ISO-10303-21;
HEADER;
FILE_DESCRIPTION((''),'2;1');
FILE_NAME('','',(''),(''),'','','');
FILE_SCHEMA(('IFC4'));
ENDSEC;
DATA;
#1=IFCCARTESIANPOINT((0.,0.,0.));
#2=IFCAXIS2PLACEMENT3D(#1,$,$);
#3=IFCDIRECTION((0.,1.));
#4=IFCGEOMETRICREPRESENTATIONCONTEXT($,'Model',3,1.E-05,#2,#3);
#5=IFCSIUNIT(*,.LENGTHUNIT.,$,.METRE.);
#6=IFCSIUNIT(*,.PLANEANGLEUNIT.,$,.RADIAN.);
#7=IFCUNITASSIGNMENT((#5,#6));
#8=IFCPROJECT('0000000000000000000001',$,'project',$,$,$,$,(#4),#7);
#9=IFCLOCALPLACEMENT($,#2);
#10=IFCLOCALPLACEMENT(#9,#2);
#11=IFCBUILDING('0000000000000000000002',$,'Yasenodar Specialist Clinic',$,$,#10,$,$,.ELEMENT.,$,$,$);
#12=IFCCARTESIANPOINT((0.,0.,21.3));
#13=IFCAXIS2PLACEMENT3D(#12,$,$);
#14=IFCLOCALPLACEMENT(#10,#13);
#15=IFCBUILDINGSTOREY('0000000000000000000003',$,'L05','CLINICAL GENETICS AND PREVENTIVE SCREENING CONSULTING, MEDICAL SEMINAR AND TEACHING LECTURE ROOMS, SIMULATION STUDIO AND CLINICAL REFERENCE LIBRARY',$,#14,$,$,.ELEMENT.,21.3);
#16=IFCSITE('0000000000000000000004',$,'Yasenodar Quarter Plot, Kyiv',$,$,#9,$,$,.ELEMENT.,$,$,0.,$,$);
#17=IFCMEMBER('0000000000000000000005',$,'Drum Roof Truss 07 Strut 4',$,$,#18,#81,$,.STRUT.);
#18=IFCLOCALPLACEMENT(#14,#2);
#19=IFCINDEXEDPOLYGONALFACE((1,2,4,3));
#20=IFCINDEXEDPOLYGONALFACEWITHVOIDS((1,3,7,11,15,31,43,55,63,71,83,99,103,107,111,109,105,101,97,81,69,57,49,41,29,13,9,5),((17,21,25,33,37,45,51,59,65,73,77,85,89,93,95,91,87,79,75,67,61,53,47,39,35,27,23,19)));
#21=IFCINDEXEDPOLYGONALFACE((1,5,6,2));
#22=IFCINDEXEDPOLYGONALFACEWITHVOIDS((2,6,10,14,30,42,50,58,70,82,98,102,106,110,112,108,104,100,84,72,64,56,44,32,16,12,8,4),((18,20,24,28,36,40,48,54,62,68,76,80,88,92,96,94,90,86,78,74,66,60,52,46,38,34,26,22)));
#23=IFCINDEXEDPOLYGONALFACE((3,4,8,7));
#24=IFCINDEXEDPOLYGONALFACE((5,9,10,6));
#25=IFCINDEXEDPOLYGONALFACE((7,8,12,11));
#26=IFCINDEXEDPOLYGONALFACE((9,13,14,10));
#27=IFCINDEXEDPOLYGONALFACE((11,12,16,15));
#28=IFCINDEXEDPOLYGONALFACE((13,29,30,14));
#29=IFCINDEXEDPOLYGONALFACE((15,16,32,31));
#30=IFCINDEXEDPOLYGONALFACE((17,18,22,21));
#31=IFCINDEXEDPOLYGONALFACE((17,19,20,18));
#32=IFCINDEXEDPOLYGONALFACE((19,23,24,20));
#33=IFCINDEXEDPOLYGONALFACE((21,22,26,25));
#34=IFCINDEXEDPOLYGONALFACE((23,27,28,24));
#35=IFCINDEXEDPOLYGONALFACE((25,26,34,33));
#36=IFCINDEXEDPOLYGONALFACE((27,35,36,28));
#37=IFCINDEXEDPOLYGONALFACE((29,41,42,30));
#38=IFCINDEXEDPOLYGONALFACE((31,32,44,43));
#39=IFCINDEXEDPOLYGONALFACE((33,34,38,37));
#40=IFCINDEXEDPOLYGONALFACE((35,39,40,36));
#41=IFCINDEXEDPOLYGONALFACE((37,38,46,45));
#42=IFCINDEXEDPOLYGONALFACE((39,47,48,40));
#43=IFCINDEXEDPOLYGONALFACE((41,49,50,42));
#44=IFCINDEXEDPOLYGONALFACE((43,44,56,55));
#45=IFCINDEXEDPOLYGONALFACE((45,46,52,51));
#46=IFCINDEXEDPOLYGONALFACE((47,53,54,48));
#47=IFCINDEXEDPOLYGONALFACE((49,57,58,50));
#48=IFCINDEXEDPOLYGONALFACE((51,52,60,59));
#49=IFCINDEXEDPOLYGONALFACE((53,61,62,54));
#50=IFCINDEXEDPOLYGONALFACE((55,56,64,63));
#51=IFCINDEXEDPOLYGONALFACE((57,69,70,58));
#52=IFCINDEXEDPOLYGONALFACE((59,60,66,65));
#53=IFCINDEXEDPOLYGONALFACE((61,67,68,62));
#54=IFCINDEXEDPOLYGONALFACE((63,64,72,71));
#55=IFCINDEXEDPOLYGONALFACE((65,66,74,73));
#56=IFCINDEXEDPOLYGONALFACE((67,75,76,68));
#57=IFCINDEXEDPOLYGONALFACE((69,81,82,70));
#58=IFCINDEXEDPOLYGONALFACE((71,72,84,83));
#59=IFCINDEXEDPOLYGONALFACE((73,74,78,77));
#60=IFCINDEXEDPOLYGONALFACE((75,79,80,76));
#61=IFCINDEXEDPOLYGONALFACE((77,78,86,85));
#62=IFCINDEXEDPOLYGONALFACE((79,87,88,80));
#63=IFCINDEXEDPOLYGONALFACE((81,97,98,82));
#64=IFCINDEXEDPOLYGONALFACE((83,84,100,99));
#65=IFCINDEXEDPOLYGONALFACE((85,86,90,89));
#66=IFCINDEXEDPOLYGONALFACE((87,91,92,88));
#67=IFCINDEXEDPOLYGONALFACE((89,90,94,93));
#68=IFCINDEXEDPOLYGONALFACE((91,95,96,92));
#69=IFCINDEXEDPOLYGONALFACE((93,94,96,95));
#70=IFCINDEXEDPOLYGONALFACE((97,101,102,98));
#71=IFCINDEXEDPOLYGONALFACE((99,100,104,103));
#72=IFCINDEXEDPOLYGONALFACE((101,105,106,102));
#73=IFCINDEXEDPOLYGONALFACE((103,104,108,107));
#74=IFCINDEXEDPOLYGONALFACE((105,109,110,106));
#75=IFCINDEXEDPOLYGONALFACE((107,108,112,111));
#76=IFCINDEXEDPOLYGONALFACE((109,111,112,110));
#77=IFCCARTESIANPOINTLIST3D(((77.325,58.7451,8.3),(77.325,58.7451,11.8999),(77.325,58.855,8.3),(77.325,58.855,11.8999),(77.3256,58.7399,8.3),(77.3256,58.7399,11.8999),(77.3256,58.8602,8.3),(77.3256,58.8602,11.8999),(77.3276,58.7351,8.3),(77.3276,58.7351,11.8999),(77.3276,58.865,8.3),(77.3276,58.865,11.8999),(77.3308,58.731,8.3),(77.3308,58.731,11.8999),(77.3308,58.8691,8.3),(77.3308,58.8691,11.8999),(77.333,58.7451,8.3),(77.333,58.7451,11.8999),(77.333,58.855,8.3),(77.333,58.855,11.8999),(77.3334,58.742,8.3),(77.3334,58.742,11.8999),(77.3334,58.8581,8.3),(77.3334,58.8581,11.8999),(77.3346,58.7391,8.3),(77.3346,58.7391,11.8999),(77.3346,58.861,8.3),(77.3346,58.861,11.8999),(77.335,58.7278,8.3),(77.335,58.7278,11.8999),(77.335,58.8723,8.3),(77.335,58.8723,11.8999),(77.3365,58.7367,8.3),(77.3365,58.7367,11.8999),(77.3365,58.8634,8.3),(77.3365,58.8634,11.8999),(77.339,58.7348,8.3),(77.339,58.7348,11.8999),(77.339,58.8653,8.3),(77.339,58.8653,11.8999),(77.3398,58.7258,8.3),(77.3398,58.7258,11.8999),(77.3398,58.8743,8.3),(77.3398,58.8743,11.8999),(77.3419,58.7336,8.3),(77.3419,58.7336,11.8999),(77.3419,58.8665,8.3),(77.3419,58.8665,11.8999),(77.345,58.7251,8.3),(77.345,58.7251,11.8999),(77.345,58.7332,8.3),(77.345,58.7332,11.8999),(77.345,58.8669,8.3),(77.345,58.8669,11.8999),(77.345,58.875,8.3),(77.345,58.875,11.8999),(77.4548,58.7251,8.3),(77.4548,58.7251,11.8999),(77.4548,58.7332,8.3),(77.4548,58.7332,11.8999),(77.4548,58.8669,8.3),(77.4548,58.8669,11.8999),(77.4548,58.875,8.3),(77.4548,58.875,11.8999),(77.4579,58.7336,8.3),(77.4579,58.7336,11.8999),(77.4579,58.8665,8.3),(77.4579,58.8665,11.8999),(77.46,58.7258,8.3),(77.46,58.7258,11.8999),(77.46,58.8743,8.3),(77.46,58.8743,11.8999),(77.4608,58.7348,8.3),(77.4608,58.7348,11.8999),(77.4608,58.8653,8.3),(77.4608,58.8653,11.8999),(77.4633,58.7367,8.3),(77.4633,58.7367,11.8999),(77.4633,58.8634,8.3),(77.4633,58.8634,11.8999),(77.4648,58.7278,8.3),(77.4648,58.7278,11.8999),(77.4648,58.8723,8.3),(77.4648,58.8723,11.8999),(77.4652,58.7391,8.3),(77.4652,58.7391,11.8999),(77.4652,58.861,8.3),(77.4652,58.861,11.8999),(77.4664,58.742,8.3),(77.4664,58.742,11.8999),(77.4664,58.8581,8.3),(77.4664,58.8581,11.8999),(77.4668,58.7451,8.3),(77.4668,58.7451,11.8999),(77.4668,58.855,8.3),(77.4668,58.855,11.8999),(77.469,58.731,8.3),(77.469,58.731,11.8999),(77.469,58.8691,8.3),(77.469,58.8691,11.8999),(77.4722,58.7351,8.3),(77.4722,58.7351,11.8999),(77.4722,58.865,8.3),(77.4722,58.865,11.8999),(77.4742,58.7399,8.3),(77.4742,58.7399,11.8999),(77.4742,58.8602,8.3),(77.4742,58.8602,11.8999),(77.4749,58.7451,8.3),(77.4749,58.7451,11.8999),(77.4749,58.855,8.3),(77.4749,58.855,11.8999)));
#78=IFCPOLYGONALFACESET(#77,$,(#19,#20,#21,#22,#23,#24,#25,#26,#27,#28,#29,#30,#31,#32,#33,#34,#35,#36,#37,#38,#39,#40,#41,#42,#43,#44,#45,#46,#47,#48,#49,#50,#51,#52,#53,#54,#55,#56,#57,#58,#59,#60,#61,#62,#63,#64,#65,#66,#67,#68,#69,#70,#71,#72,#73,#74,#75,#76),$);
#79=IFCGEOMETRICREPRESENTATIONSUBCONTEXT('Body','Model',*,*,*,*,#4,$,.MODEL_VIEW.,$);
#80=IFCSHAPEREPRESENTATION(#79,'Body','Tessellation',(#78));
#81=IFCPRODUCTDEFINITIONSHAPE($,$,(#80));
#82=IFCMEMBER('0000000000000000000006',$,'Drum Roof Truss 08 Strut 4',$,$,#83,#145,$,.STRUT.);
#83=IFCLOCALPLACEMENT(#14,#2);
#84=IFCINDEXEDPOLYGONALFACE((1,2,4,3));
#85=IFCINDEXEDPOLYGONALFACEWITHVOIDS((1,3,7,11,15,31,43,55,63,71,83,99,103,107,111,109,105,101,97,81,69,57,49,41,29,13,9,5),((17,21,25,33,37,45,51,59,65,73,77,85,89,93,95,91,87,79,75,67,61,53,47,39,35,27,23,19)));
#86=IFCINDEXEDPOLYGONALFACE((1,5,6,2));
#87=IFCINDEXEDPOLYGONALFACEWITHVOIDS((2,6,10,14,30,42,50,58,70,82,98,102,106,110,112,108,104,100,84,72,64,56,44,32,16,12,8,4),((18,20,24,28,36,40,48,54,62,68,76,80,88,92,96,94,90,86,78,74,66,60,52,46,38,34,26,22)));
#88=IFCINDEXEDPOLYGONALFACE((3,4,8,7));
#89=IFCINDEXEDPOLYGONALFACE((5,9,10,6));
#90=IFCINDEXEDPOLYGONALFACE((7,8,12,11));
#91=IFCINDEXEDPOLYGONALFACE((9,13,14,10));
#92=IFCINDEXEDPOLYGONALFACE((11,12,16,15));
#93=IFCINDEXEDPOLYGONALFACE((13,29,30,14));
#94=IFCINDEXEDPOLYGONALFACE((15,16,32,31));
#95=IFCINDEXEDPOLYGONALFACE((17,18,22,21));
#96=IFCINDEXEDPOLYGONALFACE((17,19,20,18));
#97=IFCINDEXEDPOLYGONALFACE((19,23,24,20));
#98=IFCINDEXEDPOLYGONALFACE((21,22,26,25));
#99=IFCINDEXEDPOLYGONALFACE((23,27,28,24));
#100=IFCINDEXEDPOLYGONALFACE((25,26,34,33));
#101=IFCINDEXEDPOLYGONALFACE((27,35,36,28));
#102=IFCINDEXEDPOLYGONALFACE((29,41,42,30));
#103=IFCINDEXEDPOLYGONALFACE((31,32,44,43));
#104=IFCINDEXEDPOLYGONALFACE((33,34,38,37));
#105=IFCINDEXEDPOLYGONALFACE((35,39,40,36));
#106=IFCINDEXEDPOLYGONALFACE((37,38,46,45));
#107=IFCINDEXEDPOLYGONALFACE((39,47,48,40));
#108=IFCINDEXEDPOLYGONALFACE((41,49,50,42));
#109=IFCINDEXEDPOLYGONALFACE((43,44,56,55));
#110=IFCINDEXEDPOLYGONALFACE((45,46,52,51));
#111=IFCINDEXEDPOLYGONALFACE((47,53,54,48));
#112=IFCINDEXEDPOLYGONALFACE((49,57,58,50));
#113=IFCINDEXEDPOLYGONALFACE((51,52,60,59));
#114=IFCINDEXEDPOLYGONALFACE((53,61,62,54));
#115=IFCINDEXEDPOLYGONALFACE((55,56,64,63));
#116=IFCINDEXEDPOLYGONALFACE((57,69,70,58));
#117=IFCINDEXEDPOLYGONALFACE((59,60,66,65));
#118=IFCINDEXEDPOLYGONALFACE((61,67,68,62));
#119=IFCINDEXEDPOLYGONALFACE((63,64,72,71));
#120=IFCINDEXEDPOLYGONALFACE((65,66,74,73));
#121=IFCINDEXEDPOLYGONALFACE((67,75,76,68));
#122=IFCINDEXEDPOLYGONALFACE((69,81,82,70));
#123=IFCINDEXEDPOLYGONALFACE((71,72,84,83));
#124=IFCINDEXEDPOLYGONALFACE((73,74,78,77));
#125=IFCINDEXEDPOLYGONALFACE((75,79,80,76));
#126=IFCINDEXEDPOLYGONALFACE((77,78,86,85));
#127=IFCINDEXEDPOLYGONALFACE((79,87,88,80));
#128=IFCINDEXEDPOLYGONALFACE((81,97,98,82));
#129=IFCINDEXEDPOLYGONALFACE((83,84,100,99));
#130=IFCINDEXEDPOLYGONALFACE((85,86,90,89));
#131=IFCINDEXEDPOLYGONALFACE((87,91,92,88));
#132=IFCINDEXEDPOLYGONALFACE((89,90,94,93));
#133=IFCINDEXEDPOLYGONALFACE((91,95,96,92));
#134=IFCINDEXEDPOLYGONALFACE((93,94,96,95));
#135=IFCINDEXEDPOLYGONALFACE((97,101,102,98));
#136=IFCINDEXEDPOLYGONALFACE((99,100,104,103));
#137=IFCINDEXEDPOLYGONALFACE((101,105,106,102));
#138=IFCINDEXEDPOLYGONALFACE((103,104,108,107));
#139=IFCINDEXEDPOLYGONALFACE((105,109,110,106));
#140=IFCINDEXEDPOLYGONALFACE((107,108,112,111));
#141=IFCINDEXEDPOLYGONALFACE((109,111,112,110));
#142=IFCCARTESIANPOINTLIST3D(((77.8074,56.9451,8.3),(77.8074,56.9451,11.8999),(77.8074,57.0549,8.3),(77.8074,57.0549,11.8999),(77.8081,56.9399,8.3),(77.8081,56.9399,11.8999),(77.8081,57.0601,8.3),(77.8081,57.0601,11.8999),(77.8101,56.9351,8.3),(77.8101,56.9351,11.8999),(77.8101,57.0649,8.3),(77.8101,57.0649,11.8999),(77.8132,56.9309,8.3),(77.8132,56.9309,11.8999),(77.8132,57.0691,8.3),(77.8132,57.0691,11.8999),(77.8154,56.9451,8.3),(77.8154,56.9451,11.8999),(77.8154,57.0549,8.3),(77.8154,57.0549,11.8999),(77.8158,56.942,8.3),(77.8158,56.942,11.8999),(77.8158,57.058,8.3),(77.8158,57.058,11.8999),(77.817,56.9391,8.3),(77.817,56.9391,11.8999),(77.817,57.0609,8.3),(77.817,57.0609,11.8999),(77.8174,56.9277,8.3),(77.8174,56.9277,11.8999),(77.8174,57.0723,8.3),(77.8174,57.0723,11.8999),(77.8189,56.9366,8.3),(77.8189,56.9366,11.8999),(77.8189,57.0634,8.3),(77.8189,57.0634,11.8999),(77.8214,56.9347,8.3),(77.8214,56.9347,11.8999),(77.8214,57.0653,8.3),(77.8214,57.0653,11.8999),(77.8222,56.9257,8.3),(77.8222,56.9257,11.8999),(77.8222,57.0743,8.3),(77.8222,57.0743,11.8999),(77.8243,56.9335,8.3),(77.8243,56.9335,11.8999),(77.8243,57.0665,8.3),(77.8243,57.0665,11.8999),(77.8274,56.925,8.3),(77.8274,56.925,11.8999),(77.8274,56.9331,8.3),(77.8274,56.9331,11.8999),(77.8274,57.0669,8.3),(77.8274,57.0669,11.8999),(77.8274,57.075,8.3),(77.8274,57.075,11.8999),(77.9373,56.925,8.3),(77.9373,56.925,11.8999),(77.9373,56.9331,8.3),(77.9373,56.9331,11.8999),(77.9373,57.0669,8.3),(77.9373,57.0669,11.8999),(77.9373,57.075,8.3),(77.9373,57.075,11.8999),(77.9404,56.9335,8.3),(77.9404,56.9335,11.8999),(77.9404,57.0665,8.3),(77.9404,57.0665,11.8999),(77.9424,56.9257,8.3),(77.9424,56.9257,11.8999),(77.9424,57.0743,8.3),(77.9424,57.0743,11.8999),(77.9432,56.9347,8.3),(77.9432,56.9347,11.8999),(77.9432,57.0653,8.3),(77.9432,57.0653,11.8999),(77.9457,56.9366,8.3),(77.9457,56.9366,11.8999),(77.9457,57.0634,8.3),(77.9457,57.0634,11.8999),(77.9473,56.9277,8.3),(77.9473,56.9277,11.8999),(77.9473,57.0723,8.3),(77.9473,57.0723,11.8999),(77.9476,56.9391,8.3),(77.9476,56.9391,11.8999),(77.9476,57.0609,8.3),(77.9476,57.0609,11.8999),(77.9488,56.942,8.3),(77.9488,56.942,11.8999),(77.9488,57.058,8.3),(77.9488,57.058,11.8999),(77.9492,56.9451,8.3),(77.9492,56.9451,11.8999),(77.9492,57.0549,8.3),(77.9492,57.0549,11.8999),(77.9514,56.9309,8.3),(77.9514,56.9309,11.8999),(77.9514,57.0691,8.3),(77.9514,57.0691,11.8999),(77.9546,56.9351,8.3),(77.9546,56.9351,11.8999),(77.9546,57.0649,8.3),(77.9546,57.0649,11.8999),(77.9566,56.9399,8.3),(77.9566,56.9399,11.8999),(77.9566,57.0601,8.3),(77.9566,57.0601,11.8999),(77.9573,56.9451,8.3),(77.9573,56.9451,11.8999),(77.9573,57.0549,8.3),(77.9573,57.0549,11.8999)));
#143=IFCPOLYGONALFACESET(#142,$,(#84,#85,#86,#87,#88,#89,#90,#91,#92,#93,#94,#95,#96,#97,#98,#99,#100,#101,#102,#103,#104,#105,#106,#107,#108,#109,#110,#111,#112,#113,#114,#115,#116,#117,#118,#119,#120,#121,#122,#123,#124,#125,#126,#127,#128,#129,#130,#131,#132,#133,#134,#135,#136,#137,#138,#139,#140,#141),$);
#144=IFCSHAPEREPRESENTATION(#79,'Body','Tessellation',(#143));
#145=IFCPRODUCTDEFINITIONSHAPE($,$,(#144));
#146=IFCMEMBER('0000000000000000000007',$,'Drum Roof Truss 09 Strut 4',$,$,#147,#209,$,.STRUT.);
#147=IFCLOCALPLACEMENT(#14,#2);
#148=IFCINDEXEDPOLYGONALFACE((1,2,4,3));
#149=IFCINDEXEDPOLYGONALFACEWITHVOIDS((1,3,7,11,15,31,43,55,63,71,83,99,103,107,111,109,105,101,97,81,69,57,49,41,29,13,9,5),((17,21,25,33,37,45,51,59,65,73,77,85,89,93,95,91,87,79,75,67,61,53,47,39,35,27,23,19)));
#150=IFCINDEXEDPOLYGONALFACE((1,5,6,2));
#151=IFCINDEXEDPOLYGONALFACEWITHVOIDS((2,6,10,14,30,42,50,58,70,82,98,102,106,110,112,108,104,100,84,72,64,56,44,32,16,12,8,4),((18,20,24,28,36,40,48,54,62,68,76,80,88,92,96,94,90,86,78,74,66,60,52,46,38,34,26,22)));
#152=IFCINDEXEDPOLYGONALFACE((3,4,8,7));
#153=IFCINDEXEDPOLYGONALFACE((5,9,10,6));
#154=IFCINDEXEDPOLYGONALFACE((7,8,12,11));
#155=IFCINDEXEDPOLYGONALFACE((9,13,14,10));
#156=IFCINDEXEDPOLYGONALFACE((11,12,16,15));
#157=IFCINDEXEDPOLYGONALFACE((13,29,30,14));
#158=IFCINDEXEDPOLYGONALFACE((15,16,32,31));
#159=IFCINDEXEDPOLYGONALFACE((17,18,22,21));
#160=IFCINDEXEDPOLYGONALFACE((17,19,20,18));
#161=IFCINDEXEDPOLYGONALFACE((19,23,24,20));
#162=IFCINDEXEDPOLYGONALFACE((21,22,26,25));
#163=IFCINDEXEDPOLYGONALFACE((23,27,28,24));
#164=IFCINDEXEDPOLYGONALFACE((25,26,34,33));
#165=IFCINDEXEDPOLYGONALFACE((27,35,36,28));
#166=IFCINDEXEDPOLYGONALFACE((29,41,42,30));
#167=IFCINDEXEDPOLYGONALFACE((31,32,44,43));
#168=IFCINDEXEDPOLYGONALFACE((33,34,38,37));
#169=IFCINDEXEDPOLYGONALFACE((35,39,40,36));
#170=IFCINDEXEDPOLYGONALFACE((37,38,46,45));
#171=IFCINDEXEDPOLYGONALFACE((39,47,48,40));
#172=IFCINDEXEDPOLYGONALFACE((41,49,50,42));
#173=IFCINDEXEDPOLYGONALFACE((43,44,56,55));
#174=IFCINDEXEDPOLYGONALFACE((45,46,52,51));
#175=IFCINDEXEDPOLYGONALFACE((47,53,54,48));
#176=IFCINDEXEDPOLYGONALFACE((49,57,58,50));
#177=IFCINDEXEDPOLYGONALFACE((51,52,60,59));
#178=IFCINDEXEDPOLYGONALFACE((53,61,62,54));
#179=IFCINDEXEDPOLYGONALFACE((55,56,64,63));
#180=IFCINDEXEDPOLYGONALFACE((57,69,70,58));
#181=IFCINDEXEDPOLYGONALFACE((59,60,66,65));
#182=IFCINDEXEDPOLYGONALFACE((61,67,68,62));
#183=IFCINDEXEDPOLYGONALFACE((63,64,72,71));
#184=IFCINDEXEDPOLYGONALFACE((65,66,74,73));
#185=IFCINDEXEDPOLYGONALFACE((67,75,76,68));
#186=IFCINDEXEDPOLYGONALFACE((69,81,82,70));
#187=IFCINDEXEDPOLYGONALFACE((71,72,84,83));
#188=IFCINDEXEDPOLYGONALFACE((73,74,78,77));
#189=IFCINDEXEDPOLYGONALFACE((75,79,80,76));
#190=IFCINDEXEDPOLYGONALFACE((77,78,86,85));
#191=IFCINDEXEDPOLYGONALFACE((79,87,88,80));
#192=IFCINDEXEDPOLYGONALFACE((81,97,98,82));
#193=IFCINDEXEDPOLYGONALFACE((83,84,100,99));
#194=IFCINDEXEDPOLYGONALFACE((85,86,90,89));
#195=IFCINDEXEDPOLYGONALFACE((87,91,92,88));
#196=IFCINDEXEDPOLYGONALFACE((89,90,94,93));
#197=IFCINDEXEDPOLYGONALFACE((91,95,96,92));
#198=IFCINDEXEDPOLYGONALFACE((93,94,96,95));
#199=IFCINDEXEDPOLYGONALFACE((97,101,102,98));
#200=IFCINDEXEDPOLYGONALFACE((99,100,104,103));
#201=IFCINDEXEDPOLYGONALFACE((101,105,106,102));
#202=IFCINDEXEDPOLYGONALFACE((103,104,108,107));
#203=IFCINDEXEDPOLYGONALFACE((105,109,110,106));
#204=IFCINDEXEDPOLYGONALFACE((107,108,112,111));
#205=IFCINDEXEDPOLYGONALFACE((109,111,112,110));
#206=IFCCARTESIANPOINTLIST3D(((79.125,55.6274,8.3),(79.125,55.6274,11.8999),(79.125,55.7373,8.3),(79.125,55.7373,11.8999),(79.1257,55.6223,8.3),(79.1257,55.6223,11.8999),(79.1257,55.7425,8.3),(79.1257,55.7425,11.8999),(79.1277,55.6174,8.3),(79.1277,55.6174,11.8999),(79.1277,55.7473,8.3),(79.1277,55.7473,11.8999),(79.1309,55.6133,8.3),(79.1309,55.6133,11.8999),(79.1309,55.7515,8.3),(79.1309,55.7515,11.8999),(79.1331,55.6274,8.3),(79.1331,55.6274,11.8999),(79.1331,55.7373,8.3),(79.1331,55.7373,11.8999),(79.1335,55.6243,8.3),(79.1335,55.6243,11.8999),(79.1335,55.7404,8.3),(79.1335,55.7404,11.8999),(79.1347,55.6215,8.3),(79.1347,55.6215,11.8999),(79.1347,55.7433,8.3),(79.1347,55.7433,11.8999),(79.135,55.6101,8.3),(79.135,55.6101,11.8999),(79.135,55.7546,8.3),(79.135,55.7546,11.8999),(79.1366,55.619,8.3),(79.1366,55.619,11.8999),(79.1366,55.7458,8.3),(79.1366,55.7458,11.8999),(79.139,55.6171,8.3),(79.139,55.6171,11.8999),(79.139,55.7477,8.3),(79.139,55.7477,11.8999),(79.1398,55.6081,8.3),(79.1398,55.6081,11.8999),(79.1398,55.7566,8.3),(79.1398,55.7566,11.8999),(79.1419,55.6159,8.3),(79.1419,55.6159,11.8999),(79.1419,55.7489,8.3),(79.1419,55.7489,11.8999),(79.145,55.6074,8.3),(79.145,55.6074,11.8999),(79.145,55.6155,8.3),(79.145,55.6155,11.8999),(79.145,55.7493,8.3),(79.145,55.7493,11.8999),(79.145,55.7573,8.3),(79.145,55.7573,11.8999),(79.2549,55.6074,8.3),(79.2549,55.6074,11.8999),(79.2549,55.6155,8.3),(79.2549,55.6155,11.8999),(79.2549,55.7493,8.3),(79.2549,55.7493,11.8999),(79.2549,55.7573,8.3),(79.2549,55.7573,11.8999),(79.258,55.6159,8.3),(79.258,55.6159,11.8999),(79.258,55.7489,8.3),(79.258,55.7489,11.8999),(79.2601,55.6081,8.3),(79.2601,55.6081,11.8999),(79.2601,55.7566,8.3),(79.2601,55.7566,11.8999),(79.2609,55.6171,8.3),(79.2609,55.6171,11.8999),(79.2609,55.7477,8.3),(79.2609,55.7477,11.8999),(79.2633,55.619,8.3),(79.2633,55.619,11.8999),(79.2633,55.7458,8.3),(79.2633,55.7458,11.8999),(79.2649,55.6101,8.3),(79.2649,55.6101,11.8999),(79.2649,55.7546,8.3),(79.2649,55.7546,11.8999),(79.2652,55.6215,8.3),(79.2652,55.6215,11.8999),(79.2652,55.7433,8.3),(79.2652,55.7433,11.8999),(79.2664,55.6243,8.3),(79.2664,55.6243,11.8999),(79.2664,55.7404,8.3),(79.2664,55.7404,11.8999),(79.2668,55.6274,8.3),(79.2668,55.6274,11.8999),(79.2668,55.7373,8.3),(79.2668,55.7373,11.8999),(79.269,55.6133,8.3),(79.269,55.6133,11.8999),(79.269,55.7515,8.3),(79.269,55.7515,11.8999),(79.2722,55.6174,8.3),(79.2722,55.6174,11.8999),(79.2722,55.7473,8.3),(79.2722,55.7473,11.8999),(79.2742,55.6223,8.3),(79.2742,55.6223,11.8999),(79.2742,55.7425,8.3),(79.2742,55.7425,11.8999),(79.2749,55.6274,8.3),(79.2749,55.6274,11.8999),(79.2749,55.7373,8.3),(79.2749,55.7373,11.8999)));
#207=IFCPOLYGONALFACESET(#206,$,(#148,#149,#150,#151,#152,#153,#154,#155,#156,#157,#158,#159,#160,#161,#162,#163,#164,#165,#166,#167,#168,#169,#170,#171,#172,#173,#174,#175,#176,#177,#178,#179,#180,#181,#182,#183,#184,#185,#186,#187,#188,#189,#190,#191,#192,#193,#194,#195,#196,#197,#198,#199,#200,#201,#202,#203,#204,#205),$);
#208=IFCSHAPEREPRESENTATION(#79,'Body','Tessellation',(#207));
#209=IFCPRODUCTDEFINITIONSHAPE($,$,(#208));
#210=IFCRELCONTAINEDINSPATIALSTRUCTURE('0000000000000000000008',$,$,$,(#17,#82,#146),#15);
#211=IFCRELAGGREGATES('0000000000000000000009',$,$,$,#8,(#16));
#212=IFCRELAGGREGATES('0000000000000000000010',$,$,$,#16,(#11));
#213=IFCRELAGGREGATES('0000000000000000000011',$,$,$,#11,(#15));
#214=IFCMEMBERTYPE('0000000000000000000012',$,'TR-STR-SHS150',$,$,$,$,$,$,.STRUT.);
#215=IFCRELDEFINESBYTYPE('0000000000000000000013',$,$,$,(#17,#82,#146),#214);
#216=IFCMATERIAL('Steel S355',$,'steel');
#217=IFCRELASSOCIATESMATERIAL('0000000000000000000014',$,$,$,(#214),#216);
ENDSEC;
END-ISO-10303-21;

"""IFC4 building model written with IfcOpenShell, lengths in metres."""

from ifc_helpers import new_model, si_unit, direction, frame, origin, origin_2d, place, context, subcontext, project, spatial, hollow_rectangle, extrude, material, material_profile, profile_set, type_object, element, save


model = new_model("IFC4")

# Units and contexts
model_context = context("Model", 3, precision=1e-05, world=origin(), true_north=direction((0.0, 1.0)))
body_context = subcontext(model_context, "Body", "Model", "MODEL_VIEW")
ifc_project = project(units=[si_unit("LENGTHUNIT", "METRE"), si_unit("PLANEANGLEUNIT", "RADIAN")], contexts=[model_context])

# Site, building, storey
site_placement = place(None, origin())
site = spatial("IfcSite", under=ifc_project, at=site_placement, Name="Yasenodar Quarter Plot, Kyiv", CompositionType="ELEMENT", RefElevation=0.0)
building_placement = place(site_placement, origin())
building = spatial("IfcBuilding", under=site, at=building_placement, Name="Yasenodar Specialist Clinic", CompositionType="ELEMENT")
storey_placement = place(building_placement, frame((0.0, 0.0, 21.3)))
storey = spatial("IfcBuildingStorey", under=building, at=storey_placement, Name="L05", Description="CLINICAL GENETICS AND PREVENTIVE SCREENING CONSULTING, MEDICAL SEMINAR AND TEACHING LECTURE ROOMS, SIMULATION STUDIO AND CLINICAL REFERENCE LIBRARY", CompositionType="ELEMENT", Elevation=21.3)

# Shared definitions
ifc_material = material(Name="Steel S355", Category="steel")

# Members
ifc_material_profile_1 = material_profile(ifc_material, hollow_rectangle(XDim=0.1499, YDim=0.1499, WallThickness=0.0081, InnerFilletRadius=0.012, OuterFilletRadius=0.02, at=origin_2d()), Name="SHS 150x150x8")
ifc_profile_set_1 = profile_set([ifc_material_profile_1], Name="Steel S355")
member_type_1 = type_object("IfcMemberType", Name="TR-STR-SHS150", PredefinedType="STRUT", material=ifc_profile_set_1)
for number, where, z_axis, x_axis, name in (
    (1, (77.3999, 58.8, 8.3), (0.0, 0.0, 1.0), (1.0, 0.0, 0.0), "Drum Roof Truss 07 Strut 4"),
    (2, (77.8823, 57.0, 8.3), (0.0, 0.0, 1.0), (1.0, 0.0, 0.0), "Drum Roof Truss 08 Strut 4"),
    (3, (79.2, 55.6824, 8.3), (0.0, 0.0, 1.0), (1.0, 0.0, 0.0), "Drum Roof Truss 09 Strut 4"),
):
    element("IfcMember", number, at=place(storey_placement, frame(where, z_axis=z_axis, x_axis=x_axis)), inside=storey, type_object=member_type_1, Name=name, PredefinedType="STRUT", context=body_context, shape_type="SweptSolid", body=[
        extrude(hollow_rectangle(XDim=0.1499, YDim=0.1499, WallThickness=0.0081, InnerFilletRadius=0.012, OuterFilletRadius=0.02, at=origin_2d()), origin(), (0.0, 0.0, 1.0), 3.5999),
    ])

save(model, "model.ifc")
